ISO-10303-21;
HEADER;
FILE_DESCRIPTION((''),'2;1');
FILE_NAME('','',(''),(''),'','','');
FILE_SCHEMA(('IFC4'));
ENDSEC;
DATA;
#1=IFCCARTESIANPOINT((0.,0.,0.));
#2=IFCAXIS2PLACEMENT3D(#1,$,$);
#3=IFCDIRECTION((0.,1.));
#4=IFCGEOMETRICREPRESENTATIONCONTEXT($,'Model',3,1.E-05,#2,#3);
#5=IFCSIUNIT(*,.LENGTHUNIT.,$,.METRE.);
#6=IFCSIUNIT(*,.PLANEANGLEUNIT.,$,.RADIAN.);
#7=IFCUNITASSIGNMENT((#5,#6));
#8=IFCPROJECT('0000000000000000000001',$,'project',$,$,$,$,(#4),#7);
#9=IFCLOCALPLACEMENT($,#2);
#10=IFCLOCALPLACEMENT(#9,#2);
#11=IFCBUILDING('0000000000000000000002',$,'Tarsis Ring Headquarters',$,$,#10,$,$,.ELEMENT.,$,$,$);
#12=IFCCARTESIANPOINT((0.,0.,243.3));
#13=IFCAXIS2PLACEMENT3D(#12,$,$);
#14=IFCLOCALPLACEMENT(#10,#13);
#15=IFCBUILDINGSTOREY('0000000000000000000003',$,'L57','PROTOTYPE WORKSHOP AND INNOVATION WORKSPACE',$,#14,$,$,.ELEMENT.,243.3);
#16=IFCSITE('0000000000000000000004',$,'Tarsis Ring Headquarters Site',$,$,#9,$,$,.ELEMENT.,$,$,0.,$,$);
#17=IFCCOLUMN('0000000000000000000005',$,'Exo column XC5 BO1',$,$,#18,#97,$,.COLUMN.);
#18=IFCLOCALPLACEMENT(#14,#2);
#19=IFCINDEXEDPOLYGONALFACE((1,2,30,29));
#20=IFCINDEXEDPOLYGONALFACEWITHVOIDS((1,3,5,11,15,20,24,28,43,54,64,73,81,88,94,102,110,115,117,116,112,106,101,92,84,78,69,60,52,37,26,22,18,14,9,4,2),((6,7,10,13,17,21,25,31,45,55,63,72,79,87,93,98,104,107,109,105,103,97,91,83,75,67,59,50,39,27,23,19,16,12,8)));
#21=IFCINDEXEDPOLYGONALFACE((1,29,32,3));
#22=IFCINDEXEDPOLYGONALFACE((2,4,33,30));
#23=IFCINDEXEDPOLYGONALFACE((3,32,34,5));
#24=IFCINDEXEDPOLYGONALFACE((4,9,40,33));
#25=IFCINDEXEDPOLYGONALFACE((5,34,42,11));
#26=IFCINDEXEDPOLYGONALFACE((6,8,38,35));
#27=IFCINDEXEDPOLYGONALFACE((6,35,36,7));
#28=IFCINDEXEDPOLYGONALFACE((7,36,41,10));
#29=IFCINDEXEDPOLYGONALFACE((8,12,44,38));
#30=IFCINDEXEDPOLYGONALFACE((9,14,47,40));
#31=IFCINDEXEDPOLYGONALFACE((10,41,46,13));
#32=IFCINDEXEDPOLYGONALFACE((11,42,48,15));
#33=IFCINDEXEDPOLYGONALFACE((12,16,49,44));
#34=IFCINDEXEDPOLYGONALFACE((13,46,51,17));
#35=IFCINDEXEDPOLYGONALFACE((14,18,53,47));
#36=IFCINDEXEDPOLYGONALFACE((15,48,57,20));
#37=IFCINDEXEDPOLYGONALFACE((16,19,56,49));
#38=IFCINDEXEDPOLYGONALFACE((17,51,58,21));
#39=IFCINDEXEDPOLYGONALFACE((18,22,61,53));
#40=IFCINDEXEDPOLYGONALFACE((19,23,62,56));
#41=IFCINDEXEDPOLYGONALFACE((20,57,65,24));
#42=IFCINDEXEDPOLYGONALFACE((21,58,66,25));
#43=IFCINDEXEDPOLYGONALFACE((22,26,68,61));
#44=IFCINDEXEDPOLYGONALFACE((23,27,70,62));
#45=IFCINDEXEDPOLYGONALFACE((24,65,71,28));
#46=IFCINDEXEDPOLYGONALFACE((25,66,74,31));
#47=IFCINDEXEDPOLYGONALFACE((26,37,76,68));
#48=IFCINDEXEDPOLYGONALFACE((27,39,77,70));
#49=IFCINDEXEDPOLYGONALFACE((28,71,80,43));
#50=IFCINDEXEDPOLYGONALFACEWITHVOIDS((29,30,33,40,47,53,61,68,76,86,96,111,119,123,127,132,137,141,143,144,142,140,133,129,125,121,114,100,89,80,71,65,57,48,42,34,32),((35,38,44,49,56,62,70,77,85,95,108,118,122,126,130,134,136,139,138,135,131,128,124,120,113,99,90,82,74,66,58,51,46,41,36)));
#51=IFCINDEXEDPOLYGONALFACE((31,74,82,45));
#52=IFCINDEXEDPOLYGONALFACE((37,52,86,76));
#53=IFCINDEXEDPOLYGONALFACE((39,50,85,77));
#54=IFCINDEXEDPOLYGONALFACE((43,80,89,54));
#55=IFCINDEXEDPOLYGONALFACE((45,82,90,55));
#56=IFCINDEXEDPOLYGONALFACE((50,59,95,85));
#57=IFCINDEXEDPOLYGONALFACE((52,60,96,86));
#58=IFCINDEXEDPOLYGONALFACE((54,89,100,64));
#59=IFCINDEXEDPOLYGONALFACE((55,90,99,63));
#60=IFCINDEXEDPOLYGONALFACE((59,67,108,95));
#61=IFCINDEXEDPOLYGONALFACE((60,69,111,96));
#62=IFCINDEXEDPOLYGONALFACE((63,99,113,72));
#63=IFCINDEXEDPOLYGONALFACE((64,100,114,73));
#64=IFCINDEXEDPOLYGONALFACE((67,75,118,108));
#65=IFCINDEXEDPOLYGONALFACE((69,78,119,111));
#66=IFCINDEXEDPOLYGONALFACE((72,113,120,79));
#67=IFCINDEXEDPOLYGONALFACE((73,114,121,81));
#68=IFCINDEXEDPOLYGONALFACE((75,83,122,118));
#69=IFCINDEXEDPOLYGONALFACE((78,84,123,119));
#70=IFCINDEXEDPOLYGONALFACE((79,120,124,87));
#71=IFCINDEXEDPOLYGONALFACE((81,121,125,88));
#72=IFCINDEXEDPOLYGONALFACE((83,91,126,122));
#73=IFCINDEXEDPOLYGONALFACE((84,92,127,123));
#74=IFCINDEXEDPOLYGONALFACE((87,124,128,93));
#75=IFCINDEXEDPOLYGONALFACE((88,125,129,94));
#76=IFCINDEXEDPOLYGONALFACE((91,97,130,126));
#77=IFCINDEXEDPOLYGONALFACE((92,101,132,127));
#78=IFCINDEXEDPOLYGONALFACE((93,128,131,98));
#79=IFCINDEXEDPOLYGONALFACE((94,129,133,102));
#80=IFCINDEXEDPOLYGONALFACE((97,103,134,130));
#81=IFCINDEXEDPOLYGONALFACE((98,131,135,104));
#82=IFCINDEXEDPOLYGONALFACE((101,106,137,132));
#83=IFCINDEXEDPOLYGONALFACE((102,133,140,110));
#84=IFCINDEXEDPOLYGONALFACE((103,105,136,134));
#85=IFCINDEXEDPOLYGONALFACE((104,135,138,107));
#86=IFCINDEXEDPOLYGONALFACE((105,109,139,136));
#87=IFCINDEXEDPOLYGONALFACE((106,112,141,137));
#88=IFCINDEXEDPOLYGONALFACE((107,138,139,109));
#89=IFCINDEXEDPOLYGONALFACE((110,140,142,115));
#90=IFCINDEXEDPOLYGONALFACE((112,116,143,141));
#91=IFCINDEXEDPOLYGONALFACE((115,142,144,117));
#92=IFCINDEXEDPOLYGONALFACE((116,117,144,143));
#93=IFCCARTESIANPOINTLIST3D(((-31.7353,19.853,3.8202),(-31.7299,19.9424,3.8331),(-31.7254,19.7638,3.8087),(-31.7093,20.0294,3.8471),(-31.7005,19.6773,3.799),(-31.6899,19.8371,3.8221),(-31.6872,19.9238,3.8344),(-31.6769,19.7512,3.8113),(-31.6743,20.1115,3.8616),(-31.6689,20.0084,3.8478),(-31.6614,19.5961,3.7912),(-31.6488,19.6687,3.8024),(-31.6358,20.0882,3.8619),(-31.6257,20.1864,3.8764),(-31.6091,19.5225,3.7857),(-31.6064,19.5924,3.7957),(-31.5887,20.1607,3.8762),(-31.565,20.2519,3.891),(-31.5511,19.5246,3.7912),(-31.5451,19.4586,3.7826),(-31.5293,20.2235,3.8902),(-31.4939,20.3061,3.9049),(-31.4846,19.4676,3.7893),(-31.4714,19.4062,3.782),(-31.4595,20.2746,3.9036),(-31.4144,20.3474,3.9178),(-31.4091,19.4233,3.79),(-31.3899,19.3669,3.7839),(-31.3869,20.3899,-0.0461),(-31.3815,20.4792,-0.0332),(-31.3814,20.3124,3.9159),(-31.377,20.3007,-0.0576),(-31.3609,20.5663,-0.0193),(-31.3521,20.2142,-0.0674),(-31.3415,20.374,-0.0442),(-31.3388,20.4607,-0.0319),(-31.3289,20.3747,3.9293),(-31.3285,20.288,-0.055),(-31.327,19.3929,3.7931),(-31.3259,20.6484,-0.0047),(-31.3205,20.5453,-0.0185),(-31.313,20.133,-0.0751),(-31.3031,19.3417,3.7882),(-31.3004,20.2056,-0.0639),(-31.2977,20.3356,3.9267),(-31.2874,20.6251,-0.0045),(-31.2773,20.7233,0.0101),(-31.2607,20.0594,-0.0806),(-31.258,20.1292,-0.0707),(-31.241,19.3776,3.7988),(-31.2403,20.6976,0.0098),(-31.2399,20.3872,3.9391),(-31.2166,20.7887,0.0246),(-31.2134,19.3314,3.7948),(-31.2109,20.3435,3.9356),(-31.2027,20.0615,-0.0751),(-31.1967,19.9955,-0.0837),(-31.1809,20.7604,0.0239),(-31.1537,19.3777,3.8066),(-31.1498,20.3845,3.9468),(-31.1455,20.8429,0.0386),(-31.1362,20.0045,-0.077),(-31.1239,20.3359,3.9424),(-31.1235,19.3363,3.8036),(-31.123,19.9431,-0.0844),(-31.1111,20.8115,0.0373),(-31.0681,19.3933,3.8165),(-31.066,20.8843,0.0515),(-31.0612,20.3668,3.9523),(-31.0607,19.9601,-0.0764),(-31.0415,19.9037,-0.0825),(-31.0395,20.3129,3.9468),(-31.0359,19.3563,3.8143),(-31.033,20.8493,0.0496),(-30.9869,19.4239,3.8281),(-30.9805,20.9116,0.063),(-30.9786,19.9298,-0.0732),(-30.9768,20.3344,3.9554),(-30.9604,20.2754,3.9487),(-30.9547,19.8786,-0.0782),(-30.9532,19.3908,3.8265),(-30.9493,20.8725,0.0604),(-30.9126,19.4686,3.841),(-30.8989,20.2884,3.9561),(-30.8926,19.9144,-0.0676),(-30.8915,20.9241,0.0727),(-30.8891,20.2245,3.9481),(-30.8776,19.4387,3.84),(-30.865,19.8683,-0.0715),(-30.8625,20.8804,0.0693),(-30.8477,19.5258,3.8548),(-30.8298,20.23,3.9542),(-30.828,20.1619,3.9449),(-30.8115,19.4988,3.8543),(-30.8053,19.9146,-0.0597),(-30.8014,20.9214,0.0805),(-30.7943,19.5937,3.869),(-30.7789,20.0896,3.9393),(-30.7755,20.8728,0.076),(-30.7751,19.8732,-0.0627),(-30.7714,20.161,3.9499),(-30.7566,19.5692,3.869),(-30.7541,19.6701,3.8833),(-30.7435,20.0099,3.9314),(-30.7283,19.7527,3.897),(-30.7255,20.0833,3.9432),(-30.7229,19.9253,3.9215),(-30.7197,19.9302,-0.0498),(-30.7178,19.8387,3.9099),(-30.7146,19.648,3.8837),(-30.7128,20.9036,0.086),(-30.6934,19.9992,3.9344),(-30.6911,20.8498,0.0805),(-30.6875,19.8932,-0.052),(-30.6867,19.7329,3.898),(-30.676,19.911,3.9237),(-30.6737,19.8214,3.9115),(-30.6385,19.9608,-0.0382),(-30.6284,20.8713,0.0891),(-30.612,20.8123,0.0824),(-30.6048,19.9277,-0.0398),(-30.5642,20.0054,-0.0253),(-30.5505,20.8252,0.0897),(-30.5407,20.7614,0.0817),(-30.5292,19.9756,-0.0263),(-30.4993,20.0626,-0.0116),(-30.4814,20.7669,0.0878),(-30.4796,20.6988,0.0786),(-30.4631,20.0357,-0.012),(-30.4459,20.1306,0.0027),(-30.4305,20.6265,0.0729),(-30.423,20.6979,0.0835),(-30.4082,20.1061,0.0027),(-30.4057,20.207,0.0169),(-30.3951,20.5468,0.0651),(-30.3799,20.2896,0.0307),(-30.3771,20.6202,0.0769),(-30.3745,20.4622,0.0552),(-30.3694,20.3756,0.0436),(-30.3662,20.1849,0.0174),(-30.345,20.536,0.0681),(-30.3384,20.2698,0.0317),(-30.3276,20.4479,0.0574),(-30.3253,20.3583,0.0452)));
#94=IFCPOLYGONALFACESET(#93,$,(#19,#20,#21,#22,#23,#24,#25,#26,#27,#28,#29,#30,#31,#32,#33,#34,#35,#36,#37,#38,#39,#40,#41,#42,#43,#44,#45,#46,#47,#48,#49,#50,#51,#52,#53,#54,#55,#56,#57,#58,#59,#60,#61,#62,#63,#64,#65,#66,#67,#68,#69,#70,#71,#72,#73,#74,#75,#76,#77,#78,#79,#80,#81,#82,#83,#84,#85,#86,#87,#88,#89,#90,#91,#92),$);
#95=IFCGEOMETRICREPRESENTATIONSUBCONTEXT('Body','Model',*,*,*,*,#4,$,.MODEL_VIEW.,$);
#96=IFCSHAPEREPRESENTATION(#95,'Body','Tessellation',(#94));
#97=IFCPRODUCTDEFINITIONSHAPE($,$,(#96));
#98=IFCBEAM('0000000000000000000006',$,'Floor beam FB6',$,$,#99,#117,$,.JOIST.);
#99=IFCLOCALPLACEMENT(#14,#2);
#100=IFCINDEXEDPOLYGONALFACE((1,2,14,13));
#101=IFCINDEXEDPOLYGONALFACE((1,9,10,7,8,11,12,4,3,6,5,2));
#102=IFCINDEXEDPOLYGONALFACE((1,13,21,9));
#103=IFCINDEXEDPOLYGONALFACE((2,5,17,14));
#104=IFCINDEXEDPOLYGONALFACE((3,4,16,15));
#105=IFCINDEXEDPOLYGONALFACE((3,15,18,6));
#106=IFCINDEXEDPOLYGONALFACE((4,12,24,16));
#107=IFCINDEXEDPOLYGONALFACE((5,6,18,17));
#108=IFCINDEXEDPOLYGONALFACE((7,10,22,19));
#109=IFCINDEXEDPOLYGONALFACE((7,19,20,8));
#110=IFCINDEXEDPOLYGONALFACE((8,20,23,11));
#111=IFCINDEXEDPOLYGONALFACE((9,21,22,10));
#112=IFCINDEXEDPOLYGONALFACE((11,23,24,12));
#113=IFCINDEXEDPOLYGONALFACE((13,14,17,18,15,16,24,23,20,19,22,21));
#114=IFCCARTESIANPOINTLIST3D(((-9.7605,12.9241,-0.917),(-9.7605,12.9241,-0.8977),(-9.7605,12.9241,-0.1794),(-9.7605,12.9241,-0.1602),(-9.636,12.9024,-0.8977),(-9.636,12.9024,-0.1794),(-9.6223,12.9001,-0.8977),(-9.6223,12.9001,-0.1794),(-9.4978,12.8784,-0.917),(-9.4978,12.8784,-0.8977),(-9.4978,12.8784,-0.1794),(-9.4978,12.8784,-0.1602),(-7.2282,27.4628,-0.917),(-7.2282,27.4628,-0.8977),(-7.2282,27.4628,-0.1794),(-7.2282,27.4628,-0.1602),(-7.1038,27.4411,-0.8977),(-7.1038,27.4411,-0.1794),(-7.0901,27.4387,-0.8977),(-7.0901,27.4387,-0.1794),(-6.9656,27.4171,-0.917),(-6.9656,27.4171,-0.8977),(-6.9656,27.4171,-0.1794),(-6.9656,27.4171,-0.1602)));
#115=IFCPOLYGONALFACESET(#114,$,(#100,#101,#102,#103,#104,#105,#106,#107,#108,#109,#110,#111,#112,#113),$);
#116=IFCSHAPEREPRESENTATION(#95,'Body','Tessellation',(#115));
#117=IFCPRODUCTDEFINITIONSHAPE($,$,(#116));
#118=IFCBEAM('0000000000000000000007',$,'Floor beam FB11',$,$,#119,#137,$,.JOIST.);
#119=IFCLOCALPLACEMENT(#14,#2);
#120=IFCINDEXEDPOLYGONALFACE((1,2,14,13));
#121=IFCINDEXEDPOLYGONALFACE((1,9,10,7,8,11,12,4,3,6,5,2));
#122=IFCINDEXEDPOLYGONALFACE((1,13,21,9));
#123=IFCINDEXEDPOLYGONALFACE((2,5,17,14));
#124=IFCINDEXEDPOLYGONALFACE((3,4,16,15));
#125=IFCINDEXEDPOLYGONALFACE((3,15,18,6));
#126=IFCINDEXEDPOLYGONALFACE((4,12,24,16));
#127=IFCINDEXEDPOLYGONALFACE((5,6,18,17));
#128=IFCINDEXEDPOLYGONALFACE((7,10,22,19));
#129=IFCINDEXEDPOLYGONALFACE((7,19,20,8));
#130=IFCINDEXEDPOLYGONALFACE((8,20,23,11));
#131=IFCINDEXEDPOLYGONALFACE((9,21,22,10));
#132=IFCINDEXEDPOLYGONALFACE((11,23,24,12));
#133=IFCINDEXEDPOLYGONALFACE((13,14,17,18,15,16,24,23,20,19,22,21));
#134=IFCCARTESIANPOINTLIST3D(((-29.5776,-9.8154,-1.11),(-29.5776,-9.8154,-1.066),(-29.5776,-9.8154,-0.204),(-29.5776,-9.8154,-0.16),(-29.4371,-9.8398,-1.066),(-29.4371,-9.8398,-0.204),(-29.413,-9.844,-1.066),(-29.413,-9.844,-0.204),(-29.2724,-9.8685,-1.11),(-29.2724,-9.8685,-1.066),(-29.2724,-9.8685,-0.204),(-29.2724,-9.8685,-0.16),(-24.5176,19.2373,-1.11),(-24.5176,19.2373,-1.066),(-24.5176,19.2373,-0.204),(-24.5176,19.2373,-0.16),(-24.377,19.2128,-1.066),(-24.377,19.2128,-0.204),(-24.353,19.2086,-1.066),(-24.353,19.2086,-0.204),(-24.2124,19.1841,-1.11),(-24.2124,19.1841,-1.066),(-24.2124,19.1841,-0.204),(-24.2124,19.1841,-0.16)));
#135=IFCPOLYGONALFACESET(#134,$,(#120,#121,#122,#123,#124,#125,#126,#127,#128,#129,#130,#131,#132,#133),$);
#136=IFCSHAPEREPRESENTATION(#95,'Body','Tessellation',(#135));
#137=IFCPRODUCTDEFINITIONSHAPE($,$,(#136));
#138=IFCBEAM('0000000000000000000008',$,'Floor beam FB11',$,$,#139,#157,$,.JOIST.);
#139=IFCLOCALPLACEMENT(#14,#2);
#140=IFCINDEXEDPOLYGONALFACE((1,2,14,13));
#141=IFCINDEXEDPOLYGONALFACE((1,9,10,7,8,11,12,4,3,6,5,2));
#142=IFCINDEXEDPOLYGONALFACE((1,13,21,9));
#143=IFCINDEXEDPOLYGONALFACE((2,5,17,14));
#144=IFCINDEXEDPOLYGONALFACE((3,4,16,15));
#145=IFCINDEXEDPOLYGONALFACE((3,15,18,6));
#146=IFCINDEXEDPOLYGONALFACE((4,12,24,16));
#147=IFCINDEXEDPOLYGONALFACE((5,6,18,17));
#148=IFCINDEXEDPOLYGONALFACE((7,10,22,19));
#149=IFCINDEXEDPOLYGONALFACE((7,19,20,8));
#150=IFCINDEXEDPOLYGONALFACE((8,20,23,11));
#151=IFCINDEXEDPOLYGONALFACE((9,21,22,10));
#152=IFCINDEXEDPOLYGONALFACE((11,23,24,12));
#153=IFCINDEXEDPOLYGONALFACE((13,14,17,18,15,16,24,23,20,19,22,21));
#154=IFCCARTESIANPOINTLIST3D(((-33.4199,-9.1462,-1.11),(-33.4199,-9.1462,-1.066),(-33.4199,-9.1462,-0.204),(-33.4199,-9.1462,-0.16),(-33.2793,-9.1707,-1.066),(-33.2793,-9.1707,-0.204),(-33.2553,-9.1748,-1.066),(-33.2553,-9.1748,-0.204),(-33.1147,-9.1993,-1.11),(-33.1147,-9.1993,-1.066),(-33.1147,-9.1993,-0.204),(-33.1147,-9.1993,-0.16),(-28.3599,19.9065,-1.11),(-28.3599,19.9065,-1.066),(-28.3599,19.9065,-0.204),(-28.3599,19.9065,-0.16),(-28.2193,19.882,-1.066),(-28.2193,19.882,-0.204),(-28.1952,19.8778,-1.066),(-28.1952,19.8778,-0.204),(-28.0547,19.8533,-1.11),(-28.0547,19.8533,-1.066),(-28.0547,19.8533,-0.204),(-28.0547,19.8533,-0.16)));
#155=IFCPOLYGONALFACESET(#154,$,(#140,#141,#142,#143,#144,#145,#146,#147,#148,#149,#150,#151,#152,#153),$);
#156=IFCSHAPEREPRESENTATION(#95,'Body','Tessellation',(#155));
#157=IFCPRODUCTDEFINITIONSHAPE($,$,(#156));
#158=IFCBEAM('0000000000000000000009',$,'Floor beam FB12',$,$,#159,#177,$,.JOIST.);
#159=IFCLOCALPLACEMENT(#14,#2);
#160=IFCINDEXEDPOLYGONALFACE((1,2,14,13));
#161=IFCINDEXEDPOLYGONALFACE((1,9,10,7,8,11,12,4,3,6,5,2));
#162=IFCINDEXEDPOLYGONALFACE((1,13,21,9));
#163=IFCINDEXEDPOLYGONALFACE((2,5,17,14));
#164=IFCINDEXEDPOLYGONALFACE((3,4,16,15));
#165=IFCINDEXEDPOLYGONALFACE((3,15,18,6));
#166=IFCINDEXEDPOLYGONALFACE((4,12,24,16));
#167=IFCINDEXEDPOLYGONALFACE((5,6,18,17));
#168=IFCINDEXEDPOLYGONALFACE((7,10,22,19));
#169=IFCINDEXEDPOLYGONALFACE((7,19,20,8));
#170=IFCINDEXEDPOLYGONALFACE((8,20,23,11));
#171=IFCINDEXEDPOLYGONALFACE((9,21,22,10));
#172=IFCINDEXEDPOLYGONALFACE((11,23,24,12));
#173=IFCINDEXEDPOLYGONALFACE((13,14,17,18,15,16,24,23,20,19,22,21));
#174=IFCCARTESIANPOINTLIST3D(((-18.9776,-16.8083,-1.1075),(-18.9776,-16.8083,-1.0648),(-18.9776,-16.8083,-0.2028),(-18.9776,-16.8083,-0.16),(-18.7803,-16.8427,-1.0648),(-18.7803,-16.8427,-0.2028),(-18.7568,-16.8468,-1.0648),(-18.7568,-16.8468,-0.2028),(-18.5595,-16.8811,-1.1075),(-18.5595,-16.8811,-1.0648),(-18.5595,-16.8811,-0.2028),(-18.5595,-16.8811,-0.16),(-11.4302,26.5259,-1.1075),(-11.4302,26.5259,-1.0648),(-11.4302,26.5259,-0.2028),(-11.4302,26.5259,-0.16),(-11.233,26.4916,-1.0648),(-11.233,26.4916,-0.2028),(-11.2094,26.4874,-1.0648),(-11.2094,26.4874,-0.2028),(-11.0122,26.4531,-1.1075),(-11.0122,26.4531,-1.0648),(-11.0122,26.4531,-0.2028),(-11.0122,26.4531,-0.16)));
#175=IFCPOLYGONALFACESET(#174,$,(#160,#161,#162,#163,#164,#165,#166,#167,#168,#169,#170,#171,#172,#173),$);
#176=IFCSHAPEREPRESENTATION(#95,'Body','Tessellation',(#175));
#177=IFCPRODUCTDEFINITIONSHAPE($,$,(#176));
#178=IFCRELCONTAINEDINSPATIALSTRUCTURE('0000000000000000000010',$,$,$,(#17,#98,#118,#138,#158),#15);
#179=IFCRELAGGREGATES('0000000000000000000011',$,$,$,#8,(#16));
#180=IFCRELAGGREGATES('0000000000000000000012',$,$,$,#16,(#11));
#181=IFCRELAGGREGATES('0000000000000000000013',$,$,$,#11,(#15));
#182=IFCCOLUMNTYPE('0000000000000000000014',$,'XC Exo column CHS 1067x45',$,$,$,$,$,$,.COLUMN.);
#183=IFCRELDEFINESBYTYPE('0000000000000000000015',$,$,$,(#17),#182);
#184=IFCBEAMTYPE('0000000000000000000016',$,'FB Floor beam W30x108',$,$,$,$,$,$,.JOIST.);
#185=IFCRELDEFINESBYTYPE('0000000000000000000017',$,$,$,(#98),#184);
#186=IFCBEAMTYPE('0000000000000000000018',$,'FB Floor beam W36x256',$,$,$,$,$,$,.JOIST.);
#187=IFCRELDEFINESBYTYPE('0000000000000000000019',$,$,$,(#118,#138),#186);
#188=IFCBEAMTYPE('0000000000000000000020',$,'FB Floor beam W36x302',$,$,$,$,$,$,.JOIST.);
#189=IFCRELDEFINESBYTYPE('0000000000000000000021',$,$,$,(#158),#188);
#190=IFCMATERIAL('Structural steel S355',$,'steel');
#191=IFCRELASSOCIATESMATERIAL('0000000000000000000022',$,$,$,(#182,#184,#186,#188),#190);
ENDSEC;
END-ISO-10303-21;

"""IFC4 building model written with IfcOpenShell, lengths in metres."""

from ifc_helpers import new_model, si_unit, direction, frame, origin, origin_2d, place, context, subcontext, project, spatial, hollow_circle, i_section, extrude, material, material_profile, profile_set, type_object, element, save


model = new_model("IFC4")

# Units and contexts
model_context = context("Model", 3, precision=1e-05, world=origin(), true_north=direction((0.0, 1.0)))
body_context = subcontext(model_context, "Body", "Model", "MODEL_VIEW")
ifc_project = project(units=[si_unit("LENGTHUNIT", "METRE"), si_unit("PLANEANGLEUNIT", "RADIAN")], contexts=[model_context])

# Site, building, storey
site_placement = place(None, origin())
site = spatial("IfcSite", under=ifc_project, at=site_placement, Name="Tarsis Ring Headquarters Site", CompositionType="ELEMENT", RefElevation=0.0)
building_placement = place(site_placement, origin())
building = spatial("IfcBuilding", under=site, at=building_placement, Name="Tarsis Ring Headquarters", CompositionType="ELEMENT")
storey_placement = place(building_placement, frame((0.0, 0.0, 243.3)))
storey = spatial("IfcBuildingStorey", under=building, at=storey_placement, Name="L57", Description="PROTOTYPE WORKSHOP AND INNOVATION WORKSPACE", CompositionType="ELEMENT", Elevation=243.3)

# Column
ifc_material_1 = material(Name="Structural steel S355", Category="steel")
ifc_material_profile_1 = material_profile(ifc_material_1, hollow_circle(Radius=0.5334, WallThickness=0.0449, at=origin_2d()), Name="CHS 1067x45")
ifc_profile_set_1 = profile_set([ifc_material_profile_1], Name="Structural steel S355")
column_type = type_object("IfcColumnType", Name="XC Exo column CHS 1067x45", PredefinedType="COLUMN", material=ifc_profile_set_1)
column_1_placement = place(storey_placement, frame((-30.8557, 20.3965, 0.0027), z_axis=(-0.088901, -0.136996, 0.986574), x_axis=(0.838853, -0.544358, 0.0)))
element("IfcColumn", 1, at=column_1_placement, inside=storey, type_object=column_type, Name="Exo column XC5 BO1", PredefinedType="COLUMN", context=body_context, shape_type="SweptSolid", body=[
    extrude(hollow_circle(Radius=0.5334, WallThickness=0.0449, at=origin_2d()), origin(), (0.0, 0.0, 1.0), 3.9189),
])

# Beams
ifc_material_profile_2 = material_profile(ifc_material_1, i_section(OverallWidth=0.2666, OverallDepth=0.7568, WebThickness=0.0139, FlangeThickness=0.0193, at=origin_2d()), Name="W30x108")
ifc_profile_set_2 = profile_set([ifc_material_profile_2], Name="Structural steel S355")
beam_type_1 = type_object("IfcBeamType", Name="FB Floor beam W30x108", PredefinedType="JOIST", material=ifc_profile_set_2)
beam_1_placement = place(storey_placement, frame((-7.0969, 27.4399, -0.5386), z_axis=(-0.17159, -0.985168, 0.0), x_axis=(0.985168, -0.17159, 0.0)))
element("IfcBeam", 2, at=beam_1_placement, inside=storey, type_object=beam_type_1, Name="Floor beam FB6", PredefinedType="JOIST", context=body_context, shape_type="SweptSolid", body=[
    extrude(i_section(OverallWidth=0.2666, OverallDepth=0.7568, WebThickness=0.0139, FlangeThickness=0.0193, at=origin_2d()), origin(), (0.0, 0.0, 1.0), 14.7576),
])
ifc_material_profile_3 = material_profile(ifc_material_1, i_section(OverallWidth=0.3098, OverallDepth=0.95, WebThickness=0.0244, FlangeThickness=0.0439, at=origin_2d()), Name="W36x256")
ifc_profile_set_3 = profile_set([ifc_material_profile_3], Name="Structural steel S355")
beam_type_2 = type_object("IfcBeamType", Name="FB Floor beam W36x256", PredefinedType="JOIST", material=ifc_profile_set_3)
for number, where, z_axis, x_axis, name in (
    (3, (-24.365, 19.2107, -0.635), (-0.171585, -0.985169, 0.0), (0.985169, -0.171585, 0.0), "Floor beam FB11"),
    (4, (-28.2073, 19.8799, -0.635), (-0.171585, -0.985169, 0.0), (0.985169, -0.171585, 0.0), "Floor beam FB11"),
):
    element("IfcBeam", number, at=place(storey_placement, frame(where, z_axis=z_axis, x_axis=x_axis)), inside=storey, type_object=beam_type_2, Name=name, PredefinedType="JOIST", context=body_context, shape_type="SweptSolid", body=[
        extrude(i_section(OverallWidth=0.3098, OverallDepth=0.95, WebThickness=0.0244, FlangeThickness=0.0439, at=origin_2d()), origin(), (0.0, 0.0, 1.0), 29.49),
    ])
ifc_material_profile_4 = material_profile(ifc_material_1, i_section(OverallWidth=0.4243, OverallDepth=0.9475, WebThickness=0.0239, FlangeThickness=0.0427, at=origin_2d()), Name="W36x302")
ifc_profile_set_4 = profile_set([ifc_material_profile_4], Name="Structural steel S355")
beam_type_3 = type_object("IfcBeamType", Name="FB Floor beam W36x302", PredefinedType="JOIST", material=ifc_profile_set_4)
beam_2_placement = place(storey_placement, frame((-11.2212, 26.4895, -0.6338), z_axis=(-0.171583, -0.98517, 0.0), x_axis=(0.98517, -0.171583, 0.0)))
element("IfcBeam", 5, at=beam_2_placement, inside=storey, type_object=beam_type_3, Name="Floor beam FB12", PredefinedType="JOIST", context=body_context, shape_type="SweptSolid", body=[
    extrude(i_section(OverallWidth=0.4243, OverallDepth=0.9475, WebThickness=0.0239, FlangeThickness=0.0427, at=origin_2d()), origin(), (0.0, 0.0, 1.0), 43.9866),
])

save(model, "model.ifc")
